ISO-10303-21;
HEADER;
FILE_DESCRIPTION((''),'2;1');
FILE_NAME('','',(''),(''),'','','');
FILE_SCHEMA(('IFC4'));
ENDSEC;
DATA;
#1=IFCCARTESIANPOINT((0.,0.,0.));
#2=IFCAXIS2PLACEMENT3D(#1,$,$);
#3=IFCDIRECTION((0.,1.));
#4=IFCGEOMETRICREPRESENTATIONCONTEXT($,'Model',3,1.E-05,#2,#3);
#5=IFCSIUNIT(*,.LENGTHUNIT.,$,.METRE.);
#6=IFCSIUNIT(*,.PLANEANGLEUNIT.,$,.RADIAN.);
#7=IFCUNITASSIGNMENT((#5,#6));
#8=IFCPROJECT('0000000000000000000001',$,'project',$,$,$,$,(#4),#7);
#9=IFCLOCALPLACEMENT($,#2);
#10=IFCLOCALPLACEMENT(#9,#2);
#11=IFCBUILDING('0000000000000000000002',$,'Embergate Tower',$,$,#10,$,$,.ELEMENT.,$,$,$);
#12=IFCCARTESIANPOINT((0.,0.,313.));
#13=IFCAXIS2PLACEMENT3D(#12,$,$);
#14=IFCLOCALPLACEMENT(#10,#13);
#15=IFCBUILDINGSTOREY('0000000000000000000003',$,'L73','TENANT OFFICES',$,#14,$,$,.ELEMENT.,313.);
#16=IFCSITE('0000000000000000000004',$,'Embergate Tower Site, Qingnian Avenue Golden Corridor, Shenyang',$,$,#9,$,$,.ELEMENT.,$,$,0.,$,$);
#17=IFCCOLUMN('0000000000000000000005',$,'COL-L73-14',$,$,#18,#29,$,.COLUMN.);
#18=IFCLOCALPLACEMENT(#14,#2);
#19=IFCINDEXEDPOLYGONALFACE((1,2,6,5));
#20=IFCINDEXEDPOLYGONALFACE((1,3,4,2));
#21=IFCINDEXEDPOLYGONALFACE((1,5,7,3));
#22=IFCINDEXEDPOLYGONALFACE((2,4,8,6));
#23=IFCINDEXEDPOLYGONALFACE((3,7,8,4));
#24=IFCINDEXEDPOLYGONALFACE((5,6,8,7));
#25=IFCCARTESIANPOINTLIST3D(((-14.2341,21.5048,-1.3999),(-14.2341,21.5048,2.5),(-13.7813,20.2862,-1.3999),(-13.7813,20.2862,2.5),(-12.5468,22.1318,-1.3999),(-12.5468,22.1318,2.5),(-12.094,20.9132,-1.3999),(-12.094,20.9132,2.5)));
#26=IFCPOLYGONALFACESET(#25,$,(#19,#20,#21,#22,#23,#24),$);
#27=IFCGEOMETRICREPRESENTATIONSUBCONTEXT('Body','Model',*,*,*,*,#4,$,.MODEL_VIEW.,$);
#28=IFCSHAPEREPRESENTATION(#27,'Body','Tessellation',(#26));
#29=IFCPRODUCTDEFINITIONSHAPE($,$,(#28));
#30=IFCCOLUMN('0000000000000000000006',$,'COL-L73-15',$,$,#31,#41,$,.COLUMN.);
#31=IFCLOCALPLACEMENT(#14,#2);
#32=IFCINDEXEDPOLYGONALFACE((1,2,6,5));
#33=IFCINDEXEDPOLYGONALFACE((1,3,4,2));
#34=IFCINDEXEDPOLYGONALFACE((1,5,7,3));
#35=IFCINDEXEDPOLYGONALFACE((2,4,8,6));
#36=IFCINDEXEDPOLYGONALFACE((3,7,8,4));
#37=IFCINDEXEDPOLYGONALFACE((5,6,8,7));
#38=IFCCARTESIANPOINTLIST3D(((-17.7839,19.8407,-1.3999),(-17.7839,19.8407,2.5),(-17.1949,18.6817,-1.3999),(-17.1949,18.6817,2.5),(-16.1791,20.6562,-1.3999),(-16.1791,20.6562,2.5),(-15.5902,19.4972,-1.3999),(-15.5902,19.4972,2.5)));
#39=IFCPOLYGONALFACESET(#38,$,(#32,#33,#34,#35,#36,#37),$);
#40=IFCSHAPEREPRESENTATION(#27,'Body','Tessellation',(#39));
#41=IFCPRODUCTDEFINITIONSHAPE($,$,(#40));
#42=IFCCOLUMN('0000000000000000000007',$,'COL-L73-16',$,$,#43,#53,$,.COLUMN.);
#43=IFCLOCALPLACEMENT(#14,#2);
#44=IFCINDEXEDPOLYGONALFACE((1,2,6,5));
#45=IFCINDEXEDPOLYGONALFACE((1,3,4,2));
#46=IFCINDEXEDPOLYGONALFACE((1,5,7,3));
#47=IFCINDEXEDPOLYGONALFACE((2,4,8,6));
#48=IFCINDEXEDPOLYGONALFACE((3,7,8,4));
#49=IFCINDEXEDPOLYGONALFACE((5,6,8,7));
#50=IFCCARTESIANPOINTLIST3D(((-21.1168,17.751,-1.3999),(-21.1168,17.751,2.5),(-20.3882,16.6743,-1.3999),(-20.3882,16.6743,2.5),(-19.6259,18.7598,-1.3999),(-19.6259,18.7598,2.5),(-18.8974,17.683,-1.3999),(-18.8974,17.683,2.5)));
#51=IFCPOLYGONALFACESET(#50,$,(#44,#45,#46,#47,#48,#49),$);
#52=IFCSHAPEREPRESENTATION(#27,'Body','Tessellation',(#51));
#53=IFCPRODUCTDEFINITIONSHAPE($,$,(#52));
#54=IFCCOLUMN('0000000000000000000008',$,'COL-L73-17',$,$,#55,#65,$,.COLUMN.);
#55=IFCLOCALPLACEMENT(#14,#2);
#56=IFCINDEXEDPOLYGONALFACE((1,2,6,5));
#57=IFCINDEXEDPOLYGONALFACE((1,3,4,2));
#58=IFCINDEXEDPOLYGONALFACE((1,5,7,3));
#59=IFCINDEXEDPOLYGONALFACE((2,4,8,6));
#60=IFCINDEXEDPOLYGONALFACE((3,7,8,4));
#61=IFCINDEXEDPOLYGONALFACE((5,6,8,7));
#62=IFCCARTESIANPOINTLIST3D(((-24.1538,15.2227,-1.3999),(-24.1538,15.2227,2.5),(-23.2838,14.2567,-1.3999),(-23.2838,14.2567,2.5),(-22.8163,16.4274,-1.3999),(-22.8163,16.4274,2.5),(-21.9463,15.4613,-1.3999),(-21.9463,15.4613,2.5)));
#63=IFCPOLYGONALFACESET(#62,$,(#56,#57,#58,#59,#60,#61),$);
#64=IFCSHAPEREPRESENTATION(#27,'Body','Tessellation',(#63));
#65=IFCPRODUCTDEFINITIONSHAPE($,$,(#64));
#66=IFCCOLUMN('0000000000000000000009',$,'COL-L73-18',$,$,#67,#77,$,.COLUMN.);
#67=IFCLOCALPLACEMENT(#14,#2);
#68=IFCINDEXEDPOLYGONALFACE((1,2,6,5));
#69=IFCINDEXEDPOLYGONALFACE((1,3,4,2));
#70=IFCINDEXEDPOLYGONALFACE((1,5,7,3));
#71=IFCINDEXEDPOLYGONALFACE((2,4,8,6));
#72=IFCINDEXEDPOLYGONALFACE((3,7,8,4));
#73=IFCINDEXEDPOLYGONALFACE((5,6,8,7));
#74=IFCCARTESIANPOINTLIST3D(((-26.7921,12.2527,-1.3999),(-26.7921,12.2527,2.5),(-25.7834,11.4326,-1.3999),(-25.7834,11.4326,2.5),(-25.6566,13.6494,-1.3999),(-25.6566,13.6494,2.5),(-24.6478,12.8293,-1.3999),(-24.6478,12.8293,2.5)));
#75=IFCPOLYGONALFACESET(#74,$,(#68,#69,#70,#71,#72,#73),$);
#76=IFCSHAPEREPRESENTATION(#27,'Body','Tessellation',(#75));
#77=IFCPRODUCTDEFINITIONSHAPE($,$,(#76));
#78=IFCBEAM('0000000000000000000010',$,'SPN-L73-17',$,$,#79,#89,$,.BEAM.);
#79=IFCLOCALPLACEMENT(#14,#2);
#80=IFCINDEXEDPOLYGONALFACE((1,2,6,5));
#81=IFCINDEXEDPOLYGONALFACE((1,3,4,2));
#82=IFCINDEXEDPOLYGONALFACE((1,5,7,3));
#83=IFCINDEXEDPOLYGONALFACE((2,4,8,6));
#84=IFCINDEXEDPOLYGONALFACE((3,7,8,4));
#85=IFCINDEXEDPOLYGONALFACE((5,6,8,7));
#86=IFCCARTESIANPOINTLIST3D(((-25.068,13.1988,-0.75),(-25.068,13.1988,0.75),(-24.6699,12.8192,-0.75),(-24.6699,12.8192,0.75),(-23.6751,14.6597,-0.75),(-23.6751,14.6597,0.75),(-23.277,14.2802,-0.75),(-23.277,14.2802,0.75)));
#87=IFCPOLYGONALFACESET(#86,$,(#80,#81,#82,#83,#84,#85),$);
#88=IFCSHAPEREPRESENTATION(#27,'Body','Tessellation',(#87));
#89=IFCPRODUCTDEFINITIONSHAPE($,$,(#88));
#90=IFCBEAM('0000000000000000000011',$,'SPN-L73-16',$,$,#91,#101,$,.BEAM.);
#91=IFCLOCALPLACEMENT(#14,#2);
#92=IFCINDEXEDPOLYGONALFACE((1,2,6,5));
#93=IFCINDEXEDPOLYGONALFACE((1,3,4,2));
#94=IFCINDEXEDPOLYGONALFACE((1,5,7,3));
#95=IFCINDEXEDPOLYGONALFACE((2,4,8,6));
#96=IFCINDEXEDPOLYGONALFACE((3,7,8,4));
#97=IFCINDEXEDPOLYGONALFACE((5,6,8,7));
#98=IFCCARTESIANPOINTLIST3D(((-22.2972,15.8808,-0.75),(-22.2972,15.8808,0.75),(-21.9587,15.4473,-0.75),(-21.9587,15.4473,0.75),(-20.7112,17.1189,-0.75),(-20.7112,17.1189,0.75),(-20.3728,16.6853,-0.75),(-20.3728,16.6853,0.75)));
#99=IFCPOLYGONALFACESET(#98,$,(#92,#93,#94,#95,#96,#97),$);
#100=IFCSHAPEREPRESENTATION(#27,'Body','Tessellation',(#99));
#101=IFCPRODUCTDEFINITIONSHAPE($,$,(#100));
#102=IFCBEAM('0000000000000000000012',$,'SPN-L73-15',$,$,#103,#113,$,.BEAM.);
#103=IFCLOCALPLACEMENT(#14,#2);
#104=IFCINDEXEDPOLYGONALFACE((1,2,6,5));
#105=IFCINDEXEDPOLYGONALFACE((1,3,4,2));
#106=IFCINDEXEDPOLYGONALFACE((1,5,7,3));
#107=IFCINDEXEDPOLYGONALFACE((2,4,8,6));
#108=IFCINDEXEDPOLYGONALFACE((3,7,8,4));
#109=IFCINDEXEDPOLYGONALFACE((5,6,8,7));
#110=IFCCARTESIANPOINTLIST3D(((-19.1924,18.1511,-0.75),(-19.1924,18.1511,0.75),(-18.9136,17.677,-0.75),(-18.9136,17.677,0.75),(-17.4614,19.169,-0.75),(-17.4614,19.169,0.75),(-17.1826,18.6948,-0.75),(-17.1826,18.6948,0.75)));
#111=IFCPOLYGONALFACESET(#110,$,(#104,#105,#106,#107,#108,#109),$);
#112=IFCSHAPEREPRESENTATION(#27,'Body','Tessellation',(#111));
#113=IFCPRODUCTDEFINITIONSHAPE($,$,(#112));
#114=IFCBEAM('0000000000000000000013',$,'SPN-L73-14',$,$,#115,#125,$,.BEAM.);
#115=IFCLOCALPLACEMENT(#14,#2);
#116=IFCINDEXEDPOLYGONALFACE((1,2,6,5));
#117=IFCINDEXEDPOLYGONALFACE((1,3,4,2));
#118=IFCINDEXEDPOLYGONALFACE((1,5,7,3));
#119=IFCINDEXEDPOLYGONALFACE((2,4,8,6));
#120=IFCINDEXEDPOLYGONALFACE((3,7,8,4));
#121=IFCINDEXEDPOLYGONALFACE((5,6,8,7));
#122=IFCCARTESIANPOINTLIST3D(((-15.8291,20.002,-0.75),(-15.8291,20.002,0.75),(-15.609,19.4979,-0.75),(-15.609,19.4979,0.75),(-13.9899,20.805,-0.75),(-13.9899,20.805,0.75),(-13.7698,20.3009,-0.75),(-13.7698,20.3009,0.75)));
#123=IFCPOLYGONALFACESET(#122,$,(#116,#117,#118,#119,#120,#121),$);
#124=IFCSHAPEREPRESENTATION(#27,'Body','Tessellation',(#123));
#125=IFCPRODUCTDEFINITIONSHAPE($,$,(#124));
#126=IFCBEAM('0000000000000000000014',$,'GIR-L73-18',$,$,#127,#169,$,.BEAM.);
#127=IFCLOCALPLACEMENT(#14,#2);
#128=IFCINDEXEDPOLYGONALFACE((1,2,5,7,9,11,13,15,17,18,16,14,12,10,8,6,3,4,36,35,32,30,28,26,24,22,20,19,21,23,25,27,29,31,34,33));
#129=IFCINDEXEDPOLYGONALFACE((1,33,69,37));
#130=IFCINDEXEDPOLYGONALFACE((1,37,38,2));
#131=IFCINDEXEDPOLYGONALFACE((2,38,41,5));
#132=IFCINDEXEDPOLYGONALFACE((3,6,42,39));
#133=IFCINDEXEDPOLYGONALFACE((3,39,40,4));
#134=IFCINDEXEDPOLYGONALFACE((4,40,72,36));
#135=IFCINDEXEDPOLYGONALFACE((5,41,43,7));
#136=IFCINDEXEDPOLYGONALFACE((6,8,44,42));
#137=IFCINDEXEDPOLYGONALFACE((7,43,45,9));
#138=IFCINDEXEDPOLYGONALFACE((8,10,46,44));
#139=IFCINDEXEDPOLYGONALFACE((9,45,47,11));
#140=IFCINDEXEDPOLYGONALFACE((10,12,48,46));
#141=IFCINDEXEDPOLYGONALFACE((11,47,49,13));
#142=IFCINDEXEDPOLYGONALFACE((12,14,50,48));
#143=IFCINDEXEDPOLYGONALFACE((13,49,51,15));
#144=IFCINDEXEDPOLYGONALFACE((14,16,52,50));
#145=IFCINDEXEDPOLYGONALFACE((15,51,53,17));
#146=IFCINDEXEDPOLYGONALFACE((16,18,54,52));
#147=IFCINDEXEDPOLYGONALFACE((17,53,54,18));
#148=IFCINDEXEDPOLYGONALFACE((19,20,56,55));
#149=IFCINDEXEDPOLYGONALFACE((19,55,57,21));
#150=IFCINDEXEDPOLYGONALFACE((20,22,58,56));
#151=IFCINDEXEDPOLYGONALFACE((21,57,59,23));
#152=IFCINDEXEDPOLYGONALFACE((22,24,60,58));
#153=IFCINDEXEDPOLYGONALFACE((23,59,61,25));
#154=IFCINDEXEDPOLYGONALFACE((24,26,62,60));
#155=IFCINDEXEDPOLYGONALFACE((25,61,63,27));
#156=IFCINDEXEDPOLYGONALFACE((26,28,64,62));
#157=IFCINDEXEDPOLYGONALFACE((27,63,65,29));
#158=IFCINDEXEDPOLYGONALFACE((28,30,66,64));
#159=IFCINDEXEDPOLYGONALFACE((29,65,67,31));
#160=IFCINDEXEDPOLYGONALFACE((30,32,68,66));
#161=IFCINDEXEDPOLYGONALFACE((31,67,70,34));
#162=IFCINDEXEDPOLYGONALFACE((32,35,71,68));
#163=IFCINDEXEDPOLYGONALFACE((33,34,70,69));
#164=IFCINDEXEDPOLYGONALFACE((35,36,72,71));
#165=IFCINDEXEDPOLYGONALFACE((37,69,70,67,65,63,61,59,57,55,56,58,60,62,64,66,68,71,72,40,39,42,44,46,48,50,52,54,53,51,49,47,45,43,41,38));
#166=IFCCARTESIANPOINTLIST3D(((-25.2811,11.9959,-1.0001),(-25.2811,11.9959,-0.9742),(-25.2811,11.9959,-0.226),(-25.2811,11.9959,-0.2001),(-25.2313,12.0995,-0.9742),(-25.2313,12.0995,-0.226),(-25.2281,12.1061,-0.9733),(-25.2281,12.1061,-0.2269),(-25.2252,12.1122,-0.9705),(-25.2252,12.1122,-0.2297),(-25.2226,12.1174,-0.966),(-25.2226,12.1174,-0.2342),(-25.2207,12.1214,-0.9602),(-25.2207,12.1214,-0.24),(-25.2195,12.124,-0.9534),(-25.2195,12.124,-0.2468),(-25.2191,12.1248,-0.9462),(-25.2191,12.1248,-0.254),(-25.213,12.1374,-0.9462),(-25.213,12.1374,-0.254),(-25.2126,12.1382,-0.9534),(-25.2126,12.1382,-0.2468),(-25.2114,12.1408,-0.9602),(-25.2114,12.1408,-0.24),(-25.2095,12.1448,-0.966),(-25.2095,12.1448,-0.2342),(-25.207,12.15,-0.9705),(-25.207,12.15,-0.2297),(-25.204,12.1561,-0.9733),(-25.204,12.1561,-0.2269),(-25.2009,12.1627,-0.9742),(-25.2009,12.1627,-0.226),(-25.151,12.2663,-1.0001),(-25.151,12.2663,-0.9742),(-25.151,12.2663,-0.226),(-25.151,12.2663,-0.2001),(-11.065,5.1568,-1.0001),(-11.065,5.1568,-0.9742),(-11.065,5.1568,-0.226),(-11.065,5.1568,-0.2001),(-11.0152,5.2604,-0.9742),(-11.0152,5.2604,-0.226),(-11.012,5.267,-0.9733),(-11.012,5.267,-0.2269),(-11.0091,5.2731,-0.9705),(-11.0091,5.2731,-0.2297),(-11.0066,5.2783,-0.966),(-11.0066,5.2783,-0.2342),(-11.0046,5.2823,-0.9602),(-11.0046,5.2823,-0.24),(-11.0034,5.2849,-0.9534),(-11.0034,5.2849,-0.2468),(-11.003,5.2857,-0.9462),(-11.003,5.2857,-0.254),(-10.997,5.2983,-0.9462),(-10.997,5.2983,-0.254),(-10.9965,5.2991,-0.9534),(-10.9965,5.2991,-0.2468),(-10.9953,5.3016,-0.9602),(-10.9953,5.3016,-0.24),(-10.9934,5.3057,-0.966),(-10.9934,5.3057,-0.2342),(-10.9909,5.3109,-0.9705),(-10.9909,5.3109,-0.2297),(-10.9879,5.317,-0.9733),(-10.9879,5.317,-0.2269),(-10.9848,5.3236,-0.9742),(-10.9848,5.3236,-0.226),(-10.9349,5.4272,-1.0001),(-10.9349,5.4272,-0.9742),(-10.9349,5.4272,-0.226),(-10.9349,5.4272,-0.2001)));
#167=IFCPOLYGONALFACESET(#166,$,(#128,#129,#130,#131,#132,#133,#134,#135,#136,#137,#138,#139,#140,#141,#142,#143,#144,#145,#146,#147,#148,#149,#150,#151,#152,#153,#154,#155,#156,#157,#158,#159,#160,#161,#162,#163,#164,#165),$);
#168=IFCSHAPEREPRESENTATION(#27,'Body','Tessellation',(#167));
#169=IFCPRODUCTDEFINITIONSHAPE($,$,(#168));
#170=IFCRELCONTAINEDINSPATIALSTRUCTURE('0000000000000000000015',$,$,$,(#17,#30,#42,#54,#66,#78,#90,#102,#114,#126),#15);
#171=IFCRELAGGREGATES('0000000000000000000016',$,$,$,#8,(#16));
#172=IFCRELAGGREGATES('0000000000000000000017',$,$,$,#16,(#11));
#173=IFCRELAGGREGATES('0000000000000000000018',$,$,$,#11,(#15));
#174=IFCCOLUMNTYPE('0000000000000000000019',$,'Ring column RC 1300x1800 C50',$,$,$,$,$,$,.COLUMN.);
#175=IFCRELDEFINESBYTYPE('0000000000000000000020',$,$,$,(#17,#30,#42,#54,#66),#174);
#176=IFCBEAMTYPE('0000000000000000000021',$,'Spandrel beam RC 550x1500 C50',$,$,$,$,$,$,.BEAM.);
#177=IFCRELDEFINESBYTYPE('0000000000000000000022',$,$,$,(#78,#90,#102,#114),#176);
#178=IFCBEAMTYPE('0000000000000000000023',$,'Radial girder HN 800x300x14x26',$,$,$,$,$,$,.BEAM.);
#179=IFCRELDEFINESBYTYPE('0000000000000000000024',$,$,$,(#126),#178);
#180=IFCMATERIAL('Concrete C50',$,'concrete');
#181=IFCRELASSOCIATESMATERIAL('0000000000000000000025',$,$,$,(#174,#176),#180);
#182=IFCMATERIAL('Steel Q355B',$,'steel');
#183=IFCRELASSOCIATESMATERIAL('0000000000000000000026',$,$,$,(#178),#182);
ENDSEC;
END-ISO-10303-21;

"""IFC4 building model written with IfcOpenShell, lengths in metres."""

from ifc_helpers import new_model, si_unit, direction, frame, origin, origin_2d, place, context, subcontext, project, spatial, rectangle, i_section, extrude, source, transform, mapped, material, material_profile, profile_set, type_object, element, save


model = new_model("IFC4")

# Units and contexts
model_context = context("Model", 3, precision=1e-05, world=origin(), true_north=direction((0.0, 1.0)))
body_context = subcontext(model_context, "Body", "Model", "MODEL_VIEW")
ifc_project = project(units=[si_unit("LENGTHUNIT", "METRE"), si_unit("PLANEANGLEUNIT", "RADIAN")], contexts=[model_context])

# Site, building, storey
site_placement = place(None, origin())
site = spatial("IfcSite", under=ifc_project, at=site_placement, Name="Embergate Tower Site, Qingnian Avenue Golden Corridor, Shenyang", CompositionType="ELEMENT", RefElevation=0.0)
building_placement = place(site_placement, origin())
building = spatial("IfcBuilding", under=site, at=building_placement, Name="Embergate Tower", CompositionType="ELEMENT")
storey_placement = place(building_placement, frame((0.0, 0.0, 313.0)))
storey = spatial("IfcBuildingStorey", under=building, at=storey_placement, Name="L73", Description="TENANT OFFICES", CompositionType="ELEMENT", Elevation=313.0)

# Columns
ifc_material_1 = material(Name="Concrete C50", Category="concrete")
ifc_material_profile_1 = material_profile(ifc_material_1, rectangle(XDim=1.3, YDim=1.8, at=origin_2d()), Name="RC 1300x1800")
ifc_profile_set_1 = profile_set([ifc_material_profile_1], Name="Concrete C50")
column_type = type_object("IfcColumnType", Name="Ring column RC 1300x1800 C50", PredefinedType="COLUMN", material=ifc_profile_set_1)
shared_shape_1 = source(origin(), body_context, "Body", "SweptSolid", [
    extrude(rectangle(XDim=1.3, YDim=1.8, at=origin_2d()), origin(), (0.0, 0.0, 1.0), 3.8999),
])
for number, where, z_axis, x_axis, name in (
    (1, (-13.1641, 21.209, -1.3999), (0.0, 0.0, 1.0), (-0.348343, 0.937367, 0.0), "COL-L73-14"),
    (2, (-16.687, 19.6689, -1.3999), (0.0, 0.0, 1.0), (-0.453011, 0.891505, 0.0), "COL-L73-15"),
    (3, (-20.0071, 17.717, -1.3999), (0.0, 0.0, 1.0), (-0.560393, 0.828227, 0.0), "COL-L73-16"),
    (4, (-23.05, 15.342, -1.3999), (0.0, 0.0, 1.0), (-0.669221, 0.743063, 0.0), "COL-L73-17"),
    (5, (-25.72, 12.541, -1.3999), (0.0, 0.0, 1.0), (-0.775925, 0.630825, 0.0), "COL-L73-18"),
):
    element("IfcColumn", number, at=place(storey_placement, frame(where, z_axis=z_axis, x_axis=x_axis)), inside=storey, type_object=column_type, Name=name, PredefinedType="COLUMN", context=body_context, shape_type="MappedRepresentation", body=[
        mapped(shared_shape_1, transform((0.0, 0.0, 0.0))),
    ])

# Beams
ifc_material_profile_2 = material_profile(ifc_material_1, rectangle(XDim=0.55, YDim=1.5, at=origin_2d()), Name="RC 550x1500")
ifc_profile_set_2 = profile_set([ifc_material_profile_2], Name="Concrete C50")
beam_type_1 = type_object("IfcBeamType", Name="Spandrel beam RC 550x1500 C50", PredefinedType="BEAM", material=ifc_profile_set_2)
shared_shape_2 = source(origin(), body_context, "Body", "SweptSolid", [
    extrude(rectangle(XDim=0.55, YDim=1.5, at=origin_2d()), origin(), (0.0, 0.0, 1.0), 2.0186),
])
beam_1_placement = place(storey_placement, frame((-23.4761, 14.47, 0.0), z_axis=(-0.690033, -0.723778, 0.0), x_axis=(0.723778, -0.690033, 0.0)))
element("IfcBeam", 6, at=beam_1_placement, inside=storey, type_object=beam_type_1, Name="SPN-L73-17", PredefinedType="BEAM", context=body_context, shape_type="MappedRepresentation", body=[
    mapped(shared_shape_2, transform((0.0, 0.0, 0.0))),
])
shared_shape_3 = source(origin(), body_context, "Body", "SweptSolid", [
    extrude(rectangle(XDim=0.55, YDim=1.5, at=origin_2d()), origin(), (0.0, 0.0, 1.0), 2.012),
])
beam_2_placement = place(storey_placement, frame((-20.542, 16.9021, 0.0), z_axis=(-0.78826, -0.615343, 0.0), x_axis=(0.615343, -0.78826, 0.0)))
element("IfcBeam", 7, at=beam_2_placement, inside=storey, type_object=beam_type_1, Name="SPN-L73-16", PredefinedType="BEAM", context=body_context, shape_type="MappedRepresentation", body=[
    mapped(shared_shape_3, transform((0.0, 0.0, 0.0))),
])
shared_shape_4 = source(origin(), body_context, "Body", "SweptSolid", [
    extrude(rectangle(XDim=0.55, YDim=1.5, at=origin_2d()), origin(), (0.0, 0.0, 1.0), 2.0081),
])
beam_3_placement = place(storey_placement, frame((-17.322, 18.9319, 0.0), z_axis=(-0.862019, -0.506877, 0.0), x_axis=(0.506877, -0.862019, 0.0)))
element("IfcBeam", 8, at=beam_3_placement, inside=storey, type_object=beam_type_1, Name="SPN-L73-15", PredefinedType="BEAM", context=body_context, shape_type="MappedRepresentation", body=[
    mapped(shared_shape_4, transform((0.0, 0.0, 0.0))),
])
shared_shape_5 = source(origin(), body_context, "Body", "SweptSolid", [
    extrude(rectangle(XDim=0.55, YDim=1.5, at=origin_2d()), origin(), (0.0, 0.0, 1.0), 2.0068),
])
beam_4_placement = place(storey_placement, frame((-13.8799, 20.553, 0.0), z_axis=(-0.916456, -0.400136, 0.0), x_axis=(0.400136, -0.916456, 0.0)))
element("IfcBeam", 9, at=beam_4_placement, inside=storey, type_object=beam_type_1, Name="SPN-L73-14", PredefinedType="BEAM", context=body_context, shape_type="MappedRepresentation", body=[
    mapped(shared_shape_5, transform((0.0, 0.0, 0.0))),
])
ifc_material_2 = material(Name="Steel Q355B", Category="steel")
ifc_material_profile_3 = material_profile(ifc_material_2, i_section(OverallWidth=0.3, OverallDepth=0.8, WebThickness=0.0139, FlangeThickness=0.0259, FilletRadius=0.0281, at=origin_2d()), Name="HN 800x300x14x26")
ifc_profile_set_3 = profile_set([ifc_material_profile_3], Name="Steel Q355 grade B")
beam_type_2 = type_object("IfcBeamType", Name="Radial girder HN 800x300x14x26", PredefinedType="BEAM", material=ifc_profile_set_3)
shared_shape_6 = source(origin(), body_context, "Body", "SweptSolid", [
    extrude(i_section(OverallWidth=0.3, OverallDepth=0.8, WebThickness=0.0139, FlangeThickness=0.0259, FilletRadius=0.0281, at=origin_2d()), origin(), (0.0, 0.0, 1.0), 15.7756),
])
beam_5_placement = place(storey_placement, frame((-25.2161, 12.1311, -0.6001), z_axis=(0.901142, -0.433524, 0.0), x_axis=(0.433524, 0.901142, 0.0)))
element("IfcBeam", 10, at=beam_5_placement, inside=storey, type_object=beam_type_2, Name="GIR-L73-18", PredefinedType="BEAM", context=body_context, shape_type="MappedRepresentation", body=[
    mapped(shared_shape_6, transform((0.0, 0.0, 0.0))),
])

save(model, "model.ifc")
